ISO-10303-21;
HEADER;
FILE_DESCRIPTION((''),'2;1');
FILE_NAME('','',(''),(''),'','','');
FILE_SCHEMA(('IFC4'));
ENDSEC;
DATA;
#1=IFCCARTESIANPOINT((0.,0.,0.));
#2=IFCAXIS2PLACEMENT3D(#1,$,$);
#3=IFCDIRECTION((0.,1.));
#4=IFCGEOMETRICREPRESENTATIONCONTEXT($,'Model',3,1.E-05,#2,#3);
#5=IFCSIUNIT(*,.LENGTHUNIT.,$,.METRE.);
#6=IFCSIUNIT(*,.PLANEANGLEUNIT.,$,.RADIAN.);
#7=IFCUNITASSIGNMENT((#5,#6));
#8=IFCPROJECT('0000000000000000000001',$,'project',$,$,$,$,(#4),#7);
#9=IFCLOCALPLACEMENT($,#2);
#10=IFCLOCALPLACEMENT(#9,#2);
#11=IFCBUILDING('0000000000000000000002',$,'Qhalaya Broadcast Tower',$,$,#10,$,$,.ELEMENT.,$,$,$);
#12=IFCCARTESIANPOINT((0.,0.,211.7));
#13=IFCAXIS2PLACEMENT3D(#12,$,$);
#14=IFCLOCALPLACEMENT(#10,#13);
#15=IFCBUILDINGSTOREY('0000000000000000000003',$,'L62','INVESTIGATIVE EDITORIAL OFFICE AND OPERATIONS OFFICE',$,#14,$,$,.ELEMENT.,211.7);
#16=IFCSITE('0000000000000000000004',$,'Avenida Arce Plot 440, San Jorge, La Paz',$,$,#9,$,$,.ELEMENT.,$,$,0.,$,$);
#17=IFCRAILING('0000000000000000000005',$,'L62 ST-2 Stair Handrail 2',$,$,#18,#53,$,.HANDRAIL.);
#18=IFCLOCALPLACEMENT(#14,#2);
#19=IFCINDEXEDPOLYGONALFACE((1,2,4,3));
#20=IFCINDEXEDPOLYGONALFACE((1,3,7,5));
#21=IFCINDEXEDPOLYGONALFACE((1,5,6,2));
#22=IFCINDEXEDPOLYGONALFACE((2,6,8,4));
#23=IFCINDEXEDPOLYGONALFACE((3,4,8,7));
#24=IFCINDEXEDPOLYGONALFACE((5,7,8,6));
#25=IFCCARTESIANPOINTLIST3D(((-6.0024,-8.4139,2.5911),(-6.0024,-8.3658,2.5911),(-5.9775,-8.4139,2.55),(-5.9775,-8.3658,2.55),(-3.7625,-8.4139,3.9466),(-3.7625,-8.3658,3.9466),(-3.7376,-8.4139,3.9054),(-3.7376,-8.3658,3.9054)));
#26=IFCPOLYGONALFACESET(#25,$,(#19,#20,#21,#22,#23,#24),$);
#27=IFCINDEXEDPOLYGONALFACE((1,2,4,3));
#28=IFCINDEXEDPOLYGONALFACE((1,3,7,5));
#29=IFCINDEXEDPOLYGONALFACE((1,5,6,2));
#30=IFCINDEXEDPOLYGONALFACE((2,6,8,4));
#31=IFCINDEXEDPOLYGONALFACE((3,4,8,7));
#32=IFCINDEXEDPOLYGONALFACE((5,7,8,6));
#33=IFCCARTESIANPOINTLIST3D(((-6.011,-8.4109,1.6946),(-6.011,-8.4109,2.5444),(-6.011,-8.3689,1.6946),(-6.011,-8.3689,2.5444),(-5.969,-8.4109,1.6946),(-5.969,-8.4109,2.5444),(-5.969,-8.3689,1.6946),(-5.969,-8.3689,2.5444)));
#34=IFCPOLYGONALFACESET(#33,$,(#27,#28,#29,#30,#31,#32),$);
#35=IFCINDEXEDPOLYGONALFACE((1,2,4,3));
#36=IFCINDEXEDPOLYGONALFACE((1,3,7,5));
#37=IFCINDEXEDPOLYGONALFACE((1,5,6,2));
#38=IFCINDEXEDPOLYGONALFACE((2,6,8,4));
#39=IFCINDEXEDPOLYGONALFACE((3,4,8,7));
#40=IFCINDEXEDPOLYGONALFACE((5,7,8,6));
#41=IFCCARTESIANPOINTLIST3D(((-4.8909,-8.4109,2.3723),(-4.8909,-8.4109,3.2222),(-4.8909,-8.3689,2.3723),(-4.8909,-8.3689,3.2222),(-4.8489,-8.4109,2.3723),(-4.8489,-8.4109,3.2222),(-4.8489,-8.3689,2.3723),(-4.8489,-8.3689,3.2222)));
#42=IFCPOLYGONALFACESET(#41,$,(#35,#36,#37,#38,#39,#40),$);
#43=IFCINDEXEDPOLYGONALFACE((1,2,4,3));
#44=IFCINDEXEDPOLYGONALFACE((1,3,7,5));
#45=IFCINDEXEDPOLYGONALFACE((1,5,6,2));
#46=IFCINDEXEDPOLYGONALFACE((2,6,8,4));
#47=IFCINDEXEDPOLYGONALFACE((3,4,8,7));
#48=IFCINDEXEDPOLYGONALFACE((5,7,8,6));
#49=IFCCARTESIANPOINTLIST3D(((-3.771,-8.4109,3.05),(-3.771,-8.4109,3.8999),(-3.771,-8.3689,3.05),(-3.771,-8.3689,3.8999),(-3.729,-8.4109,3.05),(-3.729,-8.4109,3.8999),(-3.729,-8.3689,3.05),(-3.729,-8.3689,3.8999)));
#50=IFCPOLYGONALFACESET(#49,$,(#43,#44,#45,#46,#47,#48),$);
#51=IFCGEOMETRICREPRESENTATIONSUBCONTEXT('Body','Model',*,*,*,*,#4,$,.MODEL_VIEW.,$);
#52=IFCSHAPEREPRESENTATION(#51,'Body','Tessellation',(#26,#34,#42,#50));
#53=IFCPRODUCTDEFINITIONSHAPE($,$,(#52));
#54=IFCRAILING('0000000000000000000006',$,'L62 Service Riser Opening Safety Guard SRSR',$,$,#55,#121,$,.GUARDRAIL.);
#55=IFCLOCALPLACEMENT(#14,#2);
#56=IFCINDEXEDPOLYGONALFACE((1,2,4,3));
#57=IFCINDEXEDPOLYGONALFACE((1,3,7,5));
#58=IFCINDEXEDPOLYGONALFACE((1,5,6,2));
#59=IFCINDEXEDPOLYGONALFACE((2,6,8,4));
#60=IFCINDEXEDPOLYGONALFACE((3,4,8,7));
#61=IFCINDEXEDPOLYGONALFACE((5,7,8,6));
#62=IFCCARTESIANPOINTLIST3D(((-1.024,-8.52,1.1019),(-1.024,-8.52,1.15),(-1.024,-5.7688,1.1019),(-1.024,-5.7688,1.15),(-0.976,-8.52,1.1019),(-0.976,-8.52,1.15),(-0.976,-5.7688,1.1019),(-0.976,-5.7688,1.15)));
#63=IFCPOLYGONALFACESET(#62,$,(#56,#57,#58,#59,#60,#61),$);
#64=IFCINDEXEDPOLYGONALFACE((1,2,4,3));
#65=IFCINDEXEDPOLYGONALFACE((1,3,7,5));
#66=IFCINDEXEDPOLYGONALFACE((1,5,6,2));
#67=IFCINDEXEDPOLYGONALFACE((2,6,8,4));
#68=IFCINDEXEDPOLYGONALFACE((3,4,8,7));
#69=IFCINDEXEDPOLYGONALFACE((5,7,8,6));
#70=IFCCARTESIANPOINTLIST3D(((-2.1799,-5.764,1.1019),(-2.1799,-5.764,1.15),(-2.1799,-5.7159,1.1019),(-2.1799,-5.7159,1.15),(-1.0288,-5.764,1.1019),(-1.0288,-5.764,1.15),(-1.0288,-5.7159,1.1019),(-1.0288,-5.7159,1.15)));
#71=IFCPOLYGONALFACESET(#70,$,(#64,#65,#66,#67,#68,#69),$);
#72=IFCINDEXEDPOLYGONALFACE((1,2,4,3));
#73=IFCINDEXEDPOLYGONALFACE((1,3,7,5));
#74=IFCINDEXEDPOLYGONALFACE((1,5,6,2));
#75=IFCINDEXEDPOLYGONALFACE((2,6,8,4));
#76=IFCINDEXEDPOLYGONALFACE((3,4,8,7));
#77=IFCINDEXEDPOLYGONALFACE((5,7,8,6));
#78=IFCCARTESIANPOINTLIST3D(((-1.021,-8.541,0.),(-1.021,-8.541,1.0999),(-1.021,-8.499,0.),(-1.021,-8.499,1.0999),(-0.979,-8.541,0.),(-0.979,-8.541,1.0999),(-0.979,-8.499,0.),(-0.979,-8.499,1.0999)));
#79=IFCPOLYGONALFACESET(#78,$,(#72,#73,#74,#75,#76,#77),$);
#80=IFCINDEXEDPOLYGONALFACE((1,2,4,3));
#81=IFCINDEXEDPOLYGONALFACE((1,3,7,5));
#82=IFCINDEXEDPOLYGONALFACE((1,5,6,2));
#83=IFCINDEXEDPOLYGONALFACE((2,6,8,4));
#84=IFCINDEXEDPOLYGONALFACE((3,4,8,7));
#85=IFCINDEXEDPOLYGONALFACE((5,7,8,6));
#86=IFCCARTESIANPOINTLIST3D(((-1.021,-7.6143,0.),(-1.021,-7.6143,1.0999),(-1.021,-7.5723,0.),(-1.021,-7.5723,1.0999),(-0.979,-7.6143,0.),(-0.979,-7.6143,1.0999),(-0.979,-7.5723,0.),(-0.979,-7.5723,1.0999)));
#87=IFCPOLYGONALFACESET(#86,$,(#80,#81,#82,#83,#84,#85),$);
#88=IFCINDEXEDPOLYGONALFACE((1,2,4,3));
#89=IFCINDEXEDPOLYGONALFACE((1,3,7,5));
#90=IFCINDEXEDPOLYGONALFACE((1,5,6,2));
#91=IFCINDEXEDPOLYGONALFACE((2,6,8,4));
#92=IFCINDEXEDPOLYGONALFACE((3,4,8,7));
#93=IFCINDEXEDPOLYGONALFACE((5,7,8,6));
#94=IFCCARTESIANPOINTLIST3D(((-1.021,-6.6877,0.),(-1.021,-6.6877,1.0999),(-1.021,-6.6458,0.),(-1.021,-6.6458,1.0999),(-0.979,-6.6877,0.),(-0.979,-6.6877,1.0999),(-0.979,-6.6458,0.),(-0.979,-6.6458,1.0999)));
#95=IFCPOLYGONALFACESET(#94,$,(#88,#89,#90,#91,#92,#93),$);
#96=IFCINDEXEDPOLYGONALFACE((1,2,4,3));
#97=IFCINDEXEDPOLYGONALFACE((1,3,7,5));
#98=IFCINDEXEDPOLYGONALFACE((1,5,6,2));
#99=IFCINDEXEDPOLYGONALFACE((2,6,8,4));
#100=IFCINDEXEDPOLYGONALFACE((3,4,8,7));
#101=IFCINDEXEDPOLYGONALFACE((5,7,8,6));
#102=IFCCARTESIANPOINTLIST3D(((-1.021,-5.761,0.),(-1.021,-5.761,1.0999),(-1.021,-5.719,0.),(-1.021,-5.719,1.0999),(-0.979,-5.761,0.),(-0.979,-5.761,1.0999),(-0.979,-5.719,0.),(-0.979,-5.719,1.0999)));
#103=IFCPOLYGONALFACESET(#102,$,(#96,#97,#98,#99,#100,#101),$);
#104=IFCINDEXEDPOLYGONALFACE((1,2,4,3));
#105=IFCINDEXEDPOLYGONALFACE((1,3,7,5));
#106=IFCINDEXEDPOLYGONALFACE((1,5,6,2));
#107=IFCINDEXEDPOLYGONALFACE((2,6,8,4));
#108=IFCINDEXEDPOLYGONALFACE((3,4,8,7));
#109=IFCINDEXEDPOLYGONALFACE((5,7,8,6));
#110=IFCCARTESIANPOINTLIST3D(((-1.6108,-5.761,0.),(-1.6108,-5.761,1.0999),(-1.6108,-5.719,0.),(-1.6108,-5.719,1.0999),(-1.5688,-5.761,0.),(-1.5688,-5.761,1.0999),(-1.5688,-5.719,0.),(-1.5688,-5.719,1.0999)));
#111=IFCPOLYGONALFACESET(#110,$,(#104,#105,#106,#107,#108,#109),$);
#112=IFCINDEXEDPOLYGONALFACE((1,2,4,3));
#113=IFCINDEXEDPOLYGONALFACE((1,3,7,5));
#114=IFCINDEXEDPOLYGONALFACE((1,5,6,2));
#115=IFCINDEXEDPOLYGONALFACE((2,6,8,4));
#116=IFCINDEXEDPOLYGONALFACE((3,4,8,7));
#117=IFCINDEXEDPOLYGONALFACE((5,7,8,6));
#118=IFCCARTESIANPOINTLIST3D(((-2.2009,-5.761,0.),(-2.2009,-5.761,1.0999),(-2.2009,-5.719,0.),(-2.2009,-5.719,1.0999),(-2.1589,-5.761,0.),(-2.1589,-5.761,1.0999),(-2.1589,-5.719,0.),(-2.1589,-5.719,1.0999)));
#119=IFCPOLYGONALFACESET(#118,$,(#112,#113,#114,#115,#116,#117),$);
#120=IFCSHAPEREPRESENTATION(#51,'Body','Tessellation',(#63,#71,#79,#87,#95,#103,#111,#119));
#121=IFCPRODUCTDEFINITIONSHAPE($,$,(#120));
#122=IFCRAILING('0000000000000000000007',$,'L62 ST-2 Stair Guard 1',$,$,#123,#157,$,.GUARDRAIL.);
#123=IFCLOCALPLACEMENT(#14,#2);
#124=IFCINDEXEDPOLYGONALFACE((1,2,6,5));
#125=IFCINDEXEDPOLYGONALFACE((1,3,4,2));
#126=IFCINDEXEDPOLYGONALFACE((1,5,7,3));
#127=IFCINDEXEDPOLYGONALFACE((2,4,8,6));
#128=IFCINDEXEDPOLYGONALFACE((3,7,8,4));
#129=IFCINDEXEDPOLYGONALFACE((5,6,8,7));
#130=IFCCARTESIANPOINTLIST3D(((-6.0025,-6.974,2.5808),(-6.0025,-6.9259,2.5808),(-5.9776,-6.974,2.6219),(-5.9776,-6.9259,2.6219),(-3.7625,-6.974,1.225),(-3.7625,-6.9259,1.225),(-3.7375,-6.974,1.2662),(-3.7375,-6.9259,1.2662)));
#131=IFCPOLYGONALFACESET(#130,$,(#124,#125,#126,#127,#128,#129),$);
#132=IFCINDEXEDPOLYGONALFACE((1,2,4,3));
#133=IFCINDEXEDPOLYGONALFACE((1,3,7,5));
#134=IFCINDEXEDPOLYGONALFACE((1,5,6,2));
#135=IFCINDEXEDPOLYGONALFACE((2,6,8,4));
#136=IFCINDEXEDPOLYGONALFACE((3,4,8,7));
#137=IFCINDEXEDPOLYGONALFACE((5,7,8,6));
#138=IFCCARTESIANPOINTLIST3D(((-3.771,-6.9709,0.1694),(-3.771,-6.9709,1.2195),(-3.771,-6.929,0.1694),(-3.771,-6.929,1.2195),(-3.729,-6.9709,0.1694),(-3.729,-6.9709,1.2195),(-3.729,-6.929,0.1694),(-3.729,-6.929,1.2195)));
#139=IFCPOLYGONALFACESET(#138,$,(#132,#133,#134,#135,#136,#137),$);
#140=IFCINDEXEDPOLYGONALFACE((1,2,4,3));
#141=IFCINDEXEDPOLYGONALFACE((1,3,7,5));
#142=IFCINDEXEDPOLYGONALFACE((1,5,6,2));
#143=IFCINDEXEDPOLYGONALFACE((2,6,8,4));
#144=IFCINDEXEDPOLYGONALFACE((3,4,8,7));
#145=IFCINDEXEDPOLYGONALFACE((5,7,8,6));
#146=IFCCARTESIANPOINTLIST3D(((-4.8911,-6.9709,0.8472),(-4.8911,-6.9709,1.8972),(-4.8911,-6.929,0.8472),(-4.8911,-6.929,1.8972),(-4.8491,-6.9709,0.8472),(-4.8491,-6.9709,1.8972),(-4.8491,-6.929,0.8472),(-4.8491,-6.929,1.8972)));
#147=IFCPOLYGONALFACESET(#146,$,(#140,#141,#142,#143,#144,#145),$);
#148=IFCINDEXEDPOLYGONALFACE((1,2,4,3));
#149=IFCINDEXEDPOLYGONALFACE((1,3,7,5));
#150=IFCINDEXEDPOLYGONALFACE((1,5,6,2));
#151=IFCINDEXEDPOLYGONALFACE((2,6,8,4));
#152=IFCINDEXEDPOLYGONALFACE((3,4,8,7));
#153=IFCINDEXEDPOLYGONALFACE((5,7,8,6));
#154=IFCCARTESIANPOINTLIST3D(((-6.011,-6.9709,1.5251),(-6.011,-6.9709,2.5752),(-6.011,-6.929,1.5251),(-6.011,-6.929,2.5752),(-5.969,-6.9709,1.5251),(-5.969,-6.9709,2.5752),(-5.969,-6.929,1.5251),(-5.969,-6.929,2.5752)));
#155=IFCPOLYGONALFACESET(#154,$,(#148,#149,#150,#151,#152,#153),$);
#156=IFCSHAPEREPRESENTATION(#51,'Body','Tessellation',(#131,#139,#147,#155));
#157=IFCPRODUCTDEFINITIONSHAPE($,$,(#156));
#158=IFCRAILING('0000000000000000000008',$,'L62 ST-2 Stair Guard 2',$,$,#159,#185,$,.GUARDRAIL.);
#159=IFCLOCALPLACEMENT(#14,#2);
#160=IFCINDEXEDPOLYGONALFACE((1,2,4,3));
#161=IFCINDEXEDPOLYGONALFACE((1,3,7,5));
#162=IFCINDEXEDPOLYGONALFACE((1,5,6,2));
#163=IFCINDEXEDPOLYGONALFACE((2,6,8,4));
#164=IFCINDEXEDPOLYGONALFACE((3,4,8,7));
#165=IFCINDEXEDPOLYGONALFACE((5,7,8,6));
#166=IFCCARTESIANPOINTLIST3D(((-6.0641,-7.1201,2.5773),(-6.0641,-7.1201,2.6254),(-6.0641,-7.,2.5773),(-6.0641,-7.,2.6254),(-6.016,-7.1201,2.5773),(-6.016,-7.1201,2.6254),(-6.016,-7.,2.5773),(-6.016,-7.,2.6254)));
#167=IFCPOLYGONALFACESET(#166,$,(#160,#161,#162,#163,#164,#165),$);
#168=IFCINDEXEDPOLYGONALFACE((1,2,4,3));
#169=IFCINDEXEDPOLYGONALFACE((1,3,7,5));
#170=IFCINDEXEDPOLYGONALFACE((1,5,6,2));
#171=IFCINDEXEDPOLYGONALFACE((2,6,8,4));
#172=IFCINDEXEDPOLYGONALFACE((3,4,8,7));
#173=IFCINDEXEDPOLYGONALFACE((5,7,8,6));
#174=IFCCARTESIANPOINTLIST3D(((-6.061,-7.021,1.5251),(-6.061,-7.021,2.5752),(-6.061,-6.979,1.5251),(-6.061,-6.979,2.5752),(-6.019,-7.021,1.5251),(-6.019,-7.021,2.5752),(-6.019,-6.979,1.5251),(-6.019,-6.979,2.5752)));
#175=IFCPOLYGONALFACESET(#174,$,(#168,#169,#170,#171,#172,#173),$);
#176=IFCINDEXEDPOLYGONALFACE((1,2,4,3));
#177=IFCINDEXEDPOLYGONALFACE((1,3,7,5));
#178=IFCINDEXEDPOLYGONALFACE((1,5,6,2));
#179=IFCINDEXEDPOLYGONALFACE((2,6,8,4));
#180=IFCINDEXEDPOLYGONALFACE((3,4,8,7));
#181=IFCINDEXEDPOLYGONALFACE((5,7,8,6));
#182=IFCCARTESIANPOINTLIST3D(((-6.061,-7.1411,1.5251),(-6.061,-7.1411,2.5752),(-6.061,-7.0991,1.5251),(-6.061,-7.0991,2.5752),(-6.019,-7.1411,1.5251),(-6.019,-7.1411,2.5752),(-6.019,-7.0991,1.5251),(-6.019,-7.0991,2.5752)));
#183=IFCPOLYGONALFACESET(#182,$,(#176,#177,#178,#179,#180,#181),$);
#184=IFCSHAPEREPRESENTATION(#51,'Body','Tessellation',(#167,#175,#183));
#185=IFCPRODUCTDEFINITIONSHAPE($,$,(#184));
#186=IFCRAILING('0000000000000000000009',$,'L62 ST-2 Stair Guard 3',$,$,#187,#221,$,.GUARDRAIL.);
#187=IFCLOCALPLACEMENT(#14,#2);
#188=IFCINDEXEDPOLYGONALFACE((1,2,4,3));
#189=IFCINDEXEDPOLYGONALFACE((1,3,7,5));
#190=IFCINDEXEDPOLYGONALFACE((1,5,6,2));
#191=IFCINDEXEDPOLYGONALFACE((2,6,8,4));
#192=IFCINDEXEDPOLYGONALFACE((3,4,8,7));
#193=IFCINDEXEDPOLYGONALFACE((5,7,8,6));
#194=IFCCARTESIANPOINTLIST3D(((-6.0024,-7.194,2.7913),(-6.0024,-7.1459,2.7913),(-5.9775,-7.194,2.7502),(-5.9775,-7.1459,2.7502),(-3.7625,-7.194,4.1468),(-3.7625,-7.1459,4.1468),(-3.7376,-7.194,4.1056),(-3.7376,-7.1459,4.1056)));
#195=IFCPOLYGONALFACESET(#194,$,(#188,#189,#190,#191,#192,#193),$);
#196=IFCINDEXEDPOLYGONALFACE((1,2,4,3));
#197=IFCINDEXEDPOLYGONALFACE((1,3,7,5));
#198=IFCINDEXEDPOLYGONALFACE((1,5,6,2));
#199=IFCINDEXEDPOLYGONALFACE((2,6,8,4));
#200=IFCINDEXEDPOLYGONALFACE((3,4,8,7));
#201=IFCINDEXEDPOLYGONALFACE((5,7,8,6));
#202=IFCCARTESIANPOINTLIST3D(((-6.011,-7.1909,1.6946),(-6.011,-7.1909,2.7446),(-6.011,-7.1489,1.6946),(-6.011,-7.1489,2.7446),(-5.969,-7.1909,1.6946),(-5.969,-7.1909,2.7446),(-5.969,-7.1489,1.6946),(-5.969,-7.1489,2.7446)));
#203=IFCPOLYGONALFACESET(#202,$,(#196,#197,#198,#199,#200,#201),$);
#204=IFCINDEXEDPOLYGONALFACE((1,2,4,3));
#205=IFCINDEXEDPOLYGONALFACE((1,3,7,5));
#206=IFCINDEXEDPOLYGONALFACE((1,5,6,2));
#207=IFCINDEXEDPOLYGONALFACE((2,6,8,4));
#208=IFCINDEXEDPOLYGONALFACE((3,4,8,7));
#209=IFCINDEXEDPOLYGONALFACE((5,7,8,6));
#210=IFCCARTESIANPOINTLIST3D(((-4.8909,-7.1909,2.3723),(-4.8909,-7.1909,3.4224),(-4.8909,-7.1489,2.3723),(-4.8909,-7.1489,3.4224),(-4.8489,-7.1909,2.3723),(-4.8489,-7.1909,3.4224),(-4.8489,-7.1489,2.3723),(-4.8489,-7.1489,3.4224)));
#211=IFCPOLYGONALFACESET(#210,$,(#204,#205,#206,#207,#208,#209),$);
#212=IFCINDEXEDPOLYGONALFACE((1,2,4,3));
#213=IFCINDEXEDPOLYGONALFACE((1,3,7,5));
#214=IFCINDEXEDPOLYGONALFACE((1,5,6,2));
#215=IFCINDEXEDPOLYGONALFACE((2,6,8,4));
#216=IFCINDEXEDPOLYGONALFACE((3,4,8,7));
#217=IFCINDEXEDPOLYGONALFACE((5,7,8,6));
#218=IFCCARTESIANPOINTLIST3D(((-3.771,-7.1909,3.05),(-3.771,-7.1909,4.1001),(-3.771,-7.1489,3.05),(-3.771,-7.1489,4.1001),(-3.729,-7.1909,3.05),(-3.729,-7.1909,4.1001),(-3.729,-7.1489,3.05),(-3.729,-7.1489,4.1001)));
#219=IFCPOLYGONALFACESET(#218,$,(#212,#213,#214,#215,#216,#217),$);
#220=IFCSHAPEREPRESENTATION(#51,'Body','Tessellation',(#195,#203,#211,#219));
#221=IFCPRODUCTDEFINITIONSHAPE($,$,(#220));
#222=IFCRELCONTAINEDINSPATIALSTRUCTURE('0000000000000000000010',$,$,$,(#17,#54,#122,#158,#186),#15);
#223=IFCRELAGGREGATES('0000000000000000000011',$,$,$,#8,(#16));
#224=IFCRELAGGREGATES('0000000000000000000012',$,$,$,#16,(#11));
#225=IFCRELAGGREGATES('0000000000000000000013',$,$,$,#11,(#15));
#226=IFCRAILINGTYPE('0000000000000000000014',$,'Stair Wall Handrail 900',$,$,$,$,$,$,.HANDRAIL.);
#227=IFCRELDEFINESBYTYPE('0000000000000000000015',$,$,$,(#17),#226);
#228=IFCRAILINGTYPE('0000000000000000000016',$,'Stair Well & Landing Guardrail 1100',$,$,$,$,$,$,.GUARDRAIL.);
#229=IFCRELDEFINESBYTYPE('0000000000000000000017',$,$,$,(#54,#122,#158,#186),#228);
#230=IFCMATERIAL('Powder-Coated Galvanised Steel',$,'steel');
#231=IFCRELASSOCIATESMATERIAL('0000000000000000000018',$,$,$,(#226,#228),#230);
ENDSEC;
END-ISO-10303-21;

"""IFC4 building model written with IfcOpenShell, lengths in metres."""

from ifc_helpers import new_model, si_unit, direction, frame, origin, origin_2d, place, context, subcontext, project, spatial, rectangle, extrude, material, type_object, element, save


model = new_model("IFC4")

# Units and contexts
model_context = context("Model", 3, precision=1e-05, world=origin(), true_north=direction((0.0, 1.0)))
body_context = subcontext(model_context, "Body", "Model", "MODEL_VIEW")
ifc_project = project(units=[si_unit("LENGTHUNIT", "METRE"), si_unit("PLANEANGLEUNIT", "RADIAN")], contexts=[model_context])

# Site, building, storey
site_placement = place(None, origin())
site = spatial("IfcSite", under=ifc_project, at=site_placement, Name="Avenida Arce Plot 440, San Jorge, La Paz", CompositionType="ELEMENT", RefElevation=0.0)
building_placement = place(site_placement, origin())
building = spatial("IfcBuilding", under=site, at=building_placement, Name="Qhalaya Broadcast Tower", CompositionType="ELEMENT")
storey_placement = place(building_placement, frame((0.0, 0.0, 211.7)))
storey = spatial("IfcBuildingStorey", under=building, at=storey_placement, Name="L62", Description="INVESTIGATIVE EDITORIAL OFFICE AND OPERATIONS OFFICE", CompositionType="ELEMENT", Elevation=211.7)

# Railings
ifc_material_1 = material(Name="Powder-Coated Galvanised Steel", Category="steel")
railing_type_1 = type_object("IfcRailingType", Name="Stair Wall Handrail 900", PredefinedType="HANDRAIL", material=ifc_material_1)
railing_1_placement = place(storey_placement, frame((-5.99, -8.3899, 1.6946)))
element("IfcRailing", 1, at=railing_1_placement, inside=storey, type_object=railing_type_1, Name="L62 ST-2 Stair Handrail 2", PredefinedType="HANDRAIL", context=body_context, shape_type="SweptSolid", body=[
    extrude(rectangle(XDim=0.0481, YDim=0.0481, at=origin_2d()), frame((0.0, 0.0, 0.876), z_axis=(0.855553, 0.0, 0.517715), x_axis=(0.0, 1.0, 0.0)), (0.0, 0.0, 1.0), 2.6182),
    extrude(rectangle(XDim=0.042, YDim=0.042, at=origin_2d()), origin(), (0.0, 0.0, 1.0), 0.8499),
    extrude(rectangle(XDim=0.042, YDim=0.042, at=origin_2d()), frame((1.1201, 0.0, 0.6777)), (0.0, 0.0, 1.0), 0.8499),
    extrude(rectangle(XDim=0.042, YDim=0.042, at=origin_2d()), frame((2.24, 0.0, 1.3555)), (0.0, 0.0, 1.0), 0.8499),
])
railing_type_2 = type_object("IfcRailingType", Name="Stair Well & Landing Guardrail 1100", PredefinedType="GUARDRAIL", material=ifc_material_1)
railing_2_placement = place(storey_placement, frame((-1.0, -8.52, 0.0)))
element("IfcRailing", 2, at=railing_2_placement, inside=storey, type_object=railing_type_2, Name="L62 Service Riser Opening Safety Guard SRSR", PredefinedType="GUARDRAIL", context=body_context, shape_type="SweptSolid", body=[
    extrude(rectangle(XDim=0.0481, YDim=0.0481, at=origin_2d()), frame((0.0, 0.0, 1.126), z_axis=(0.0, 1.0, 0.0), x_axis=(-1.0, 0.0, 0.0)), (0.0, 0.0, 1.0), 2.7512),
    extrude(rectangle(XDim=0.0481, YDim=0.0481, at=origin_2d()), frame((-0.0288, 2.78, 1.126), z_axis=(-1.0, 0.0, 0.0), x_axis=(0.0, -1.0, 0.0)), (0.0, 0.0, 1.0), 1.1511),
    extrude(rectangle(XDim=0.042, YDim=0.042, at=origin_2d()), origin(), (0.0, 0.0, 1.0), 1.0999),
    extrude(rectangle(XDim=0.042, YDim=0.042, at=origin_2d()), frame((0.0, 0.9268, 0.0)), (0.0, 0.0, 1.0), 1.0999),
    extrude(rectangle(XDim=0.042, YDim=0.042, at=origin_2d()), frame((0.0, 1.8533, 0.0)), (0.0, 0.0, 1.0), 1.0999),
    extrude(rectangle(XDim=0.042, YDim=0.042, at=origin_2d()), frame((0.0, 2.78, 0.0)), (0.0, 0.0, 1.0), 1.0999),
    extrude(rectangle(XDim=0.042, YDim=0.042, at=origin_2d()), frame((-0.5898, 2.78, 0.0)), (0.0, 0.0, 1.0), 1.0999),
    extrude(rectangle(XDim=0.042, YDim=0.042, at=origin_2d()), frame((-1.1799, 2.78, 0.0)), (0.0, 0.0, 1.0), 1.0999),
])
railing_3_placement = place(storey_placement, frame((-3.75, -6.95, 0.1694)))
element("IfcRailing", 3, at=railing_3_placement, inside=storey, type_object=railing_type_2, Name="L62 ST-2 Stair Guard 1", PredefinedType="GUARDRAIL", context=body_context, shape_type="SweptSolid", body=[
    extrude(rectangle(XDim=0.0481, YDim=0.0481, at=origin_2d()), frame((0.0, 0.0, 1.0762), z_axis=(-0.855512, 0.0, 0.517783), x_axis=(0.0, -1.0, 0.0)), (0.0, 0.0, 1.0), 2.6184),
    extrude(rectangle(XDim=0.042, YDim=0.042, at=origin_2d()), origin(), (0.0, 0.0, 1.0), 1.05),
    extrude(rectangle(XDim=0.042, YDim=0.042, at=origin_2d()), frame((-1.1201, 0.0, 0.6777)), (0.0, 0.0, 1.0), 1.05),
    extrude(rectangle(XDim=0.042, YDim=0.042, at=origin_2d()), frame((-2.24, 0.0, 1.3557)), (0.0, 0.0, 1.0), 1.05),
])
railing_4_placement = place(storey_placement, frame((-6.04, -7.0, 1.5251)))
element("IfcRailing", 4, at=railing_4_placement, inside=storey, type_object=railing_type_2, Name="L62 ST-2 Stair Guard 2", PredefinedType="GUARDRAIL", context=body_context, shape_type="SweptSolid", body=[
    extrude(rectangle(XDim=0.0481, YDim=0.0481, at=origin_2d()), frame((0.0, 0.0, 1.0762), z_axis=(0.0, -1.0, 0.0), x_axis=(1.0, 0.0, 0.0)), (0.0, 0.0, 1.0), 0.1201),
    extrude(rectangle(XDim=0.042, YDim=0.042, at=origin_2d()), origin(), (0.0, 0.0, 1.0), 1.05),
    extrude(rectangle(XDim=0.042, YDim=0.042, at=origin_2d()), frame((0.0, -0.1201, 0.0)), (0.0, 0.0, 1.0), 1.05),
])
railing_5_placement = place(storey_placement, frame((-5.99, -7.1699, 1.6946)))
element("IfcRailing", 5, at=railing_5_placement, inside=storey, type_object=railing_type_2, Name="L62 ST-2 Stair Guard 3", PredefinedType="GUARDRAIL", context=body_context, shape_type="SweptSolid", body=[
    extrude(rectangle(XDim=0.0481, YDim=0.0481, at=origin_2d()), frame((0.0, 0.0, 1.0762), z_axis=(0.855553, 0.0, 0.517715), x_axis=(0.0, 1.0, 0.0)), (0.0, 0.0, 1.0), 2.6182),
    extrude(rectangle(XDim=0.042, YDim=0.042, at=origin_2d()), origin(), (0.0, 0.0, 1.0), 1.05),
    extrude(rectangle(XDim=0.042, YDim=0.042, at=origin_2d()), frame((1.1201, 0.0, 0.6777)), (0.0, 0.0, 1.0), 1.05),
    extrude(rectangle(XDim=0.042, YDim=0.042, at=origin_2d()), frame((2.24, 0.0, 1.3555)), (0.0, 0.0, 1.0), 1.05),
])

save(model, "model.ifc")
